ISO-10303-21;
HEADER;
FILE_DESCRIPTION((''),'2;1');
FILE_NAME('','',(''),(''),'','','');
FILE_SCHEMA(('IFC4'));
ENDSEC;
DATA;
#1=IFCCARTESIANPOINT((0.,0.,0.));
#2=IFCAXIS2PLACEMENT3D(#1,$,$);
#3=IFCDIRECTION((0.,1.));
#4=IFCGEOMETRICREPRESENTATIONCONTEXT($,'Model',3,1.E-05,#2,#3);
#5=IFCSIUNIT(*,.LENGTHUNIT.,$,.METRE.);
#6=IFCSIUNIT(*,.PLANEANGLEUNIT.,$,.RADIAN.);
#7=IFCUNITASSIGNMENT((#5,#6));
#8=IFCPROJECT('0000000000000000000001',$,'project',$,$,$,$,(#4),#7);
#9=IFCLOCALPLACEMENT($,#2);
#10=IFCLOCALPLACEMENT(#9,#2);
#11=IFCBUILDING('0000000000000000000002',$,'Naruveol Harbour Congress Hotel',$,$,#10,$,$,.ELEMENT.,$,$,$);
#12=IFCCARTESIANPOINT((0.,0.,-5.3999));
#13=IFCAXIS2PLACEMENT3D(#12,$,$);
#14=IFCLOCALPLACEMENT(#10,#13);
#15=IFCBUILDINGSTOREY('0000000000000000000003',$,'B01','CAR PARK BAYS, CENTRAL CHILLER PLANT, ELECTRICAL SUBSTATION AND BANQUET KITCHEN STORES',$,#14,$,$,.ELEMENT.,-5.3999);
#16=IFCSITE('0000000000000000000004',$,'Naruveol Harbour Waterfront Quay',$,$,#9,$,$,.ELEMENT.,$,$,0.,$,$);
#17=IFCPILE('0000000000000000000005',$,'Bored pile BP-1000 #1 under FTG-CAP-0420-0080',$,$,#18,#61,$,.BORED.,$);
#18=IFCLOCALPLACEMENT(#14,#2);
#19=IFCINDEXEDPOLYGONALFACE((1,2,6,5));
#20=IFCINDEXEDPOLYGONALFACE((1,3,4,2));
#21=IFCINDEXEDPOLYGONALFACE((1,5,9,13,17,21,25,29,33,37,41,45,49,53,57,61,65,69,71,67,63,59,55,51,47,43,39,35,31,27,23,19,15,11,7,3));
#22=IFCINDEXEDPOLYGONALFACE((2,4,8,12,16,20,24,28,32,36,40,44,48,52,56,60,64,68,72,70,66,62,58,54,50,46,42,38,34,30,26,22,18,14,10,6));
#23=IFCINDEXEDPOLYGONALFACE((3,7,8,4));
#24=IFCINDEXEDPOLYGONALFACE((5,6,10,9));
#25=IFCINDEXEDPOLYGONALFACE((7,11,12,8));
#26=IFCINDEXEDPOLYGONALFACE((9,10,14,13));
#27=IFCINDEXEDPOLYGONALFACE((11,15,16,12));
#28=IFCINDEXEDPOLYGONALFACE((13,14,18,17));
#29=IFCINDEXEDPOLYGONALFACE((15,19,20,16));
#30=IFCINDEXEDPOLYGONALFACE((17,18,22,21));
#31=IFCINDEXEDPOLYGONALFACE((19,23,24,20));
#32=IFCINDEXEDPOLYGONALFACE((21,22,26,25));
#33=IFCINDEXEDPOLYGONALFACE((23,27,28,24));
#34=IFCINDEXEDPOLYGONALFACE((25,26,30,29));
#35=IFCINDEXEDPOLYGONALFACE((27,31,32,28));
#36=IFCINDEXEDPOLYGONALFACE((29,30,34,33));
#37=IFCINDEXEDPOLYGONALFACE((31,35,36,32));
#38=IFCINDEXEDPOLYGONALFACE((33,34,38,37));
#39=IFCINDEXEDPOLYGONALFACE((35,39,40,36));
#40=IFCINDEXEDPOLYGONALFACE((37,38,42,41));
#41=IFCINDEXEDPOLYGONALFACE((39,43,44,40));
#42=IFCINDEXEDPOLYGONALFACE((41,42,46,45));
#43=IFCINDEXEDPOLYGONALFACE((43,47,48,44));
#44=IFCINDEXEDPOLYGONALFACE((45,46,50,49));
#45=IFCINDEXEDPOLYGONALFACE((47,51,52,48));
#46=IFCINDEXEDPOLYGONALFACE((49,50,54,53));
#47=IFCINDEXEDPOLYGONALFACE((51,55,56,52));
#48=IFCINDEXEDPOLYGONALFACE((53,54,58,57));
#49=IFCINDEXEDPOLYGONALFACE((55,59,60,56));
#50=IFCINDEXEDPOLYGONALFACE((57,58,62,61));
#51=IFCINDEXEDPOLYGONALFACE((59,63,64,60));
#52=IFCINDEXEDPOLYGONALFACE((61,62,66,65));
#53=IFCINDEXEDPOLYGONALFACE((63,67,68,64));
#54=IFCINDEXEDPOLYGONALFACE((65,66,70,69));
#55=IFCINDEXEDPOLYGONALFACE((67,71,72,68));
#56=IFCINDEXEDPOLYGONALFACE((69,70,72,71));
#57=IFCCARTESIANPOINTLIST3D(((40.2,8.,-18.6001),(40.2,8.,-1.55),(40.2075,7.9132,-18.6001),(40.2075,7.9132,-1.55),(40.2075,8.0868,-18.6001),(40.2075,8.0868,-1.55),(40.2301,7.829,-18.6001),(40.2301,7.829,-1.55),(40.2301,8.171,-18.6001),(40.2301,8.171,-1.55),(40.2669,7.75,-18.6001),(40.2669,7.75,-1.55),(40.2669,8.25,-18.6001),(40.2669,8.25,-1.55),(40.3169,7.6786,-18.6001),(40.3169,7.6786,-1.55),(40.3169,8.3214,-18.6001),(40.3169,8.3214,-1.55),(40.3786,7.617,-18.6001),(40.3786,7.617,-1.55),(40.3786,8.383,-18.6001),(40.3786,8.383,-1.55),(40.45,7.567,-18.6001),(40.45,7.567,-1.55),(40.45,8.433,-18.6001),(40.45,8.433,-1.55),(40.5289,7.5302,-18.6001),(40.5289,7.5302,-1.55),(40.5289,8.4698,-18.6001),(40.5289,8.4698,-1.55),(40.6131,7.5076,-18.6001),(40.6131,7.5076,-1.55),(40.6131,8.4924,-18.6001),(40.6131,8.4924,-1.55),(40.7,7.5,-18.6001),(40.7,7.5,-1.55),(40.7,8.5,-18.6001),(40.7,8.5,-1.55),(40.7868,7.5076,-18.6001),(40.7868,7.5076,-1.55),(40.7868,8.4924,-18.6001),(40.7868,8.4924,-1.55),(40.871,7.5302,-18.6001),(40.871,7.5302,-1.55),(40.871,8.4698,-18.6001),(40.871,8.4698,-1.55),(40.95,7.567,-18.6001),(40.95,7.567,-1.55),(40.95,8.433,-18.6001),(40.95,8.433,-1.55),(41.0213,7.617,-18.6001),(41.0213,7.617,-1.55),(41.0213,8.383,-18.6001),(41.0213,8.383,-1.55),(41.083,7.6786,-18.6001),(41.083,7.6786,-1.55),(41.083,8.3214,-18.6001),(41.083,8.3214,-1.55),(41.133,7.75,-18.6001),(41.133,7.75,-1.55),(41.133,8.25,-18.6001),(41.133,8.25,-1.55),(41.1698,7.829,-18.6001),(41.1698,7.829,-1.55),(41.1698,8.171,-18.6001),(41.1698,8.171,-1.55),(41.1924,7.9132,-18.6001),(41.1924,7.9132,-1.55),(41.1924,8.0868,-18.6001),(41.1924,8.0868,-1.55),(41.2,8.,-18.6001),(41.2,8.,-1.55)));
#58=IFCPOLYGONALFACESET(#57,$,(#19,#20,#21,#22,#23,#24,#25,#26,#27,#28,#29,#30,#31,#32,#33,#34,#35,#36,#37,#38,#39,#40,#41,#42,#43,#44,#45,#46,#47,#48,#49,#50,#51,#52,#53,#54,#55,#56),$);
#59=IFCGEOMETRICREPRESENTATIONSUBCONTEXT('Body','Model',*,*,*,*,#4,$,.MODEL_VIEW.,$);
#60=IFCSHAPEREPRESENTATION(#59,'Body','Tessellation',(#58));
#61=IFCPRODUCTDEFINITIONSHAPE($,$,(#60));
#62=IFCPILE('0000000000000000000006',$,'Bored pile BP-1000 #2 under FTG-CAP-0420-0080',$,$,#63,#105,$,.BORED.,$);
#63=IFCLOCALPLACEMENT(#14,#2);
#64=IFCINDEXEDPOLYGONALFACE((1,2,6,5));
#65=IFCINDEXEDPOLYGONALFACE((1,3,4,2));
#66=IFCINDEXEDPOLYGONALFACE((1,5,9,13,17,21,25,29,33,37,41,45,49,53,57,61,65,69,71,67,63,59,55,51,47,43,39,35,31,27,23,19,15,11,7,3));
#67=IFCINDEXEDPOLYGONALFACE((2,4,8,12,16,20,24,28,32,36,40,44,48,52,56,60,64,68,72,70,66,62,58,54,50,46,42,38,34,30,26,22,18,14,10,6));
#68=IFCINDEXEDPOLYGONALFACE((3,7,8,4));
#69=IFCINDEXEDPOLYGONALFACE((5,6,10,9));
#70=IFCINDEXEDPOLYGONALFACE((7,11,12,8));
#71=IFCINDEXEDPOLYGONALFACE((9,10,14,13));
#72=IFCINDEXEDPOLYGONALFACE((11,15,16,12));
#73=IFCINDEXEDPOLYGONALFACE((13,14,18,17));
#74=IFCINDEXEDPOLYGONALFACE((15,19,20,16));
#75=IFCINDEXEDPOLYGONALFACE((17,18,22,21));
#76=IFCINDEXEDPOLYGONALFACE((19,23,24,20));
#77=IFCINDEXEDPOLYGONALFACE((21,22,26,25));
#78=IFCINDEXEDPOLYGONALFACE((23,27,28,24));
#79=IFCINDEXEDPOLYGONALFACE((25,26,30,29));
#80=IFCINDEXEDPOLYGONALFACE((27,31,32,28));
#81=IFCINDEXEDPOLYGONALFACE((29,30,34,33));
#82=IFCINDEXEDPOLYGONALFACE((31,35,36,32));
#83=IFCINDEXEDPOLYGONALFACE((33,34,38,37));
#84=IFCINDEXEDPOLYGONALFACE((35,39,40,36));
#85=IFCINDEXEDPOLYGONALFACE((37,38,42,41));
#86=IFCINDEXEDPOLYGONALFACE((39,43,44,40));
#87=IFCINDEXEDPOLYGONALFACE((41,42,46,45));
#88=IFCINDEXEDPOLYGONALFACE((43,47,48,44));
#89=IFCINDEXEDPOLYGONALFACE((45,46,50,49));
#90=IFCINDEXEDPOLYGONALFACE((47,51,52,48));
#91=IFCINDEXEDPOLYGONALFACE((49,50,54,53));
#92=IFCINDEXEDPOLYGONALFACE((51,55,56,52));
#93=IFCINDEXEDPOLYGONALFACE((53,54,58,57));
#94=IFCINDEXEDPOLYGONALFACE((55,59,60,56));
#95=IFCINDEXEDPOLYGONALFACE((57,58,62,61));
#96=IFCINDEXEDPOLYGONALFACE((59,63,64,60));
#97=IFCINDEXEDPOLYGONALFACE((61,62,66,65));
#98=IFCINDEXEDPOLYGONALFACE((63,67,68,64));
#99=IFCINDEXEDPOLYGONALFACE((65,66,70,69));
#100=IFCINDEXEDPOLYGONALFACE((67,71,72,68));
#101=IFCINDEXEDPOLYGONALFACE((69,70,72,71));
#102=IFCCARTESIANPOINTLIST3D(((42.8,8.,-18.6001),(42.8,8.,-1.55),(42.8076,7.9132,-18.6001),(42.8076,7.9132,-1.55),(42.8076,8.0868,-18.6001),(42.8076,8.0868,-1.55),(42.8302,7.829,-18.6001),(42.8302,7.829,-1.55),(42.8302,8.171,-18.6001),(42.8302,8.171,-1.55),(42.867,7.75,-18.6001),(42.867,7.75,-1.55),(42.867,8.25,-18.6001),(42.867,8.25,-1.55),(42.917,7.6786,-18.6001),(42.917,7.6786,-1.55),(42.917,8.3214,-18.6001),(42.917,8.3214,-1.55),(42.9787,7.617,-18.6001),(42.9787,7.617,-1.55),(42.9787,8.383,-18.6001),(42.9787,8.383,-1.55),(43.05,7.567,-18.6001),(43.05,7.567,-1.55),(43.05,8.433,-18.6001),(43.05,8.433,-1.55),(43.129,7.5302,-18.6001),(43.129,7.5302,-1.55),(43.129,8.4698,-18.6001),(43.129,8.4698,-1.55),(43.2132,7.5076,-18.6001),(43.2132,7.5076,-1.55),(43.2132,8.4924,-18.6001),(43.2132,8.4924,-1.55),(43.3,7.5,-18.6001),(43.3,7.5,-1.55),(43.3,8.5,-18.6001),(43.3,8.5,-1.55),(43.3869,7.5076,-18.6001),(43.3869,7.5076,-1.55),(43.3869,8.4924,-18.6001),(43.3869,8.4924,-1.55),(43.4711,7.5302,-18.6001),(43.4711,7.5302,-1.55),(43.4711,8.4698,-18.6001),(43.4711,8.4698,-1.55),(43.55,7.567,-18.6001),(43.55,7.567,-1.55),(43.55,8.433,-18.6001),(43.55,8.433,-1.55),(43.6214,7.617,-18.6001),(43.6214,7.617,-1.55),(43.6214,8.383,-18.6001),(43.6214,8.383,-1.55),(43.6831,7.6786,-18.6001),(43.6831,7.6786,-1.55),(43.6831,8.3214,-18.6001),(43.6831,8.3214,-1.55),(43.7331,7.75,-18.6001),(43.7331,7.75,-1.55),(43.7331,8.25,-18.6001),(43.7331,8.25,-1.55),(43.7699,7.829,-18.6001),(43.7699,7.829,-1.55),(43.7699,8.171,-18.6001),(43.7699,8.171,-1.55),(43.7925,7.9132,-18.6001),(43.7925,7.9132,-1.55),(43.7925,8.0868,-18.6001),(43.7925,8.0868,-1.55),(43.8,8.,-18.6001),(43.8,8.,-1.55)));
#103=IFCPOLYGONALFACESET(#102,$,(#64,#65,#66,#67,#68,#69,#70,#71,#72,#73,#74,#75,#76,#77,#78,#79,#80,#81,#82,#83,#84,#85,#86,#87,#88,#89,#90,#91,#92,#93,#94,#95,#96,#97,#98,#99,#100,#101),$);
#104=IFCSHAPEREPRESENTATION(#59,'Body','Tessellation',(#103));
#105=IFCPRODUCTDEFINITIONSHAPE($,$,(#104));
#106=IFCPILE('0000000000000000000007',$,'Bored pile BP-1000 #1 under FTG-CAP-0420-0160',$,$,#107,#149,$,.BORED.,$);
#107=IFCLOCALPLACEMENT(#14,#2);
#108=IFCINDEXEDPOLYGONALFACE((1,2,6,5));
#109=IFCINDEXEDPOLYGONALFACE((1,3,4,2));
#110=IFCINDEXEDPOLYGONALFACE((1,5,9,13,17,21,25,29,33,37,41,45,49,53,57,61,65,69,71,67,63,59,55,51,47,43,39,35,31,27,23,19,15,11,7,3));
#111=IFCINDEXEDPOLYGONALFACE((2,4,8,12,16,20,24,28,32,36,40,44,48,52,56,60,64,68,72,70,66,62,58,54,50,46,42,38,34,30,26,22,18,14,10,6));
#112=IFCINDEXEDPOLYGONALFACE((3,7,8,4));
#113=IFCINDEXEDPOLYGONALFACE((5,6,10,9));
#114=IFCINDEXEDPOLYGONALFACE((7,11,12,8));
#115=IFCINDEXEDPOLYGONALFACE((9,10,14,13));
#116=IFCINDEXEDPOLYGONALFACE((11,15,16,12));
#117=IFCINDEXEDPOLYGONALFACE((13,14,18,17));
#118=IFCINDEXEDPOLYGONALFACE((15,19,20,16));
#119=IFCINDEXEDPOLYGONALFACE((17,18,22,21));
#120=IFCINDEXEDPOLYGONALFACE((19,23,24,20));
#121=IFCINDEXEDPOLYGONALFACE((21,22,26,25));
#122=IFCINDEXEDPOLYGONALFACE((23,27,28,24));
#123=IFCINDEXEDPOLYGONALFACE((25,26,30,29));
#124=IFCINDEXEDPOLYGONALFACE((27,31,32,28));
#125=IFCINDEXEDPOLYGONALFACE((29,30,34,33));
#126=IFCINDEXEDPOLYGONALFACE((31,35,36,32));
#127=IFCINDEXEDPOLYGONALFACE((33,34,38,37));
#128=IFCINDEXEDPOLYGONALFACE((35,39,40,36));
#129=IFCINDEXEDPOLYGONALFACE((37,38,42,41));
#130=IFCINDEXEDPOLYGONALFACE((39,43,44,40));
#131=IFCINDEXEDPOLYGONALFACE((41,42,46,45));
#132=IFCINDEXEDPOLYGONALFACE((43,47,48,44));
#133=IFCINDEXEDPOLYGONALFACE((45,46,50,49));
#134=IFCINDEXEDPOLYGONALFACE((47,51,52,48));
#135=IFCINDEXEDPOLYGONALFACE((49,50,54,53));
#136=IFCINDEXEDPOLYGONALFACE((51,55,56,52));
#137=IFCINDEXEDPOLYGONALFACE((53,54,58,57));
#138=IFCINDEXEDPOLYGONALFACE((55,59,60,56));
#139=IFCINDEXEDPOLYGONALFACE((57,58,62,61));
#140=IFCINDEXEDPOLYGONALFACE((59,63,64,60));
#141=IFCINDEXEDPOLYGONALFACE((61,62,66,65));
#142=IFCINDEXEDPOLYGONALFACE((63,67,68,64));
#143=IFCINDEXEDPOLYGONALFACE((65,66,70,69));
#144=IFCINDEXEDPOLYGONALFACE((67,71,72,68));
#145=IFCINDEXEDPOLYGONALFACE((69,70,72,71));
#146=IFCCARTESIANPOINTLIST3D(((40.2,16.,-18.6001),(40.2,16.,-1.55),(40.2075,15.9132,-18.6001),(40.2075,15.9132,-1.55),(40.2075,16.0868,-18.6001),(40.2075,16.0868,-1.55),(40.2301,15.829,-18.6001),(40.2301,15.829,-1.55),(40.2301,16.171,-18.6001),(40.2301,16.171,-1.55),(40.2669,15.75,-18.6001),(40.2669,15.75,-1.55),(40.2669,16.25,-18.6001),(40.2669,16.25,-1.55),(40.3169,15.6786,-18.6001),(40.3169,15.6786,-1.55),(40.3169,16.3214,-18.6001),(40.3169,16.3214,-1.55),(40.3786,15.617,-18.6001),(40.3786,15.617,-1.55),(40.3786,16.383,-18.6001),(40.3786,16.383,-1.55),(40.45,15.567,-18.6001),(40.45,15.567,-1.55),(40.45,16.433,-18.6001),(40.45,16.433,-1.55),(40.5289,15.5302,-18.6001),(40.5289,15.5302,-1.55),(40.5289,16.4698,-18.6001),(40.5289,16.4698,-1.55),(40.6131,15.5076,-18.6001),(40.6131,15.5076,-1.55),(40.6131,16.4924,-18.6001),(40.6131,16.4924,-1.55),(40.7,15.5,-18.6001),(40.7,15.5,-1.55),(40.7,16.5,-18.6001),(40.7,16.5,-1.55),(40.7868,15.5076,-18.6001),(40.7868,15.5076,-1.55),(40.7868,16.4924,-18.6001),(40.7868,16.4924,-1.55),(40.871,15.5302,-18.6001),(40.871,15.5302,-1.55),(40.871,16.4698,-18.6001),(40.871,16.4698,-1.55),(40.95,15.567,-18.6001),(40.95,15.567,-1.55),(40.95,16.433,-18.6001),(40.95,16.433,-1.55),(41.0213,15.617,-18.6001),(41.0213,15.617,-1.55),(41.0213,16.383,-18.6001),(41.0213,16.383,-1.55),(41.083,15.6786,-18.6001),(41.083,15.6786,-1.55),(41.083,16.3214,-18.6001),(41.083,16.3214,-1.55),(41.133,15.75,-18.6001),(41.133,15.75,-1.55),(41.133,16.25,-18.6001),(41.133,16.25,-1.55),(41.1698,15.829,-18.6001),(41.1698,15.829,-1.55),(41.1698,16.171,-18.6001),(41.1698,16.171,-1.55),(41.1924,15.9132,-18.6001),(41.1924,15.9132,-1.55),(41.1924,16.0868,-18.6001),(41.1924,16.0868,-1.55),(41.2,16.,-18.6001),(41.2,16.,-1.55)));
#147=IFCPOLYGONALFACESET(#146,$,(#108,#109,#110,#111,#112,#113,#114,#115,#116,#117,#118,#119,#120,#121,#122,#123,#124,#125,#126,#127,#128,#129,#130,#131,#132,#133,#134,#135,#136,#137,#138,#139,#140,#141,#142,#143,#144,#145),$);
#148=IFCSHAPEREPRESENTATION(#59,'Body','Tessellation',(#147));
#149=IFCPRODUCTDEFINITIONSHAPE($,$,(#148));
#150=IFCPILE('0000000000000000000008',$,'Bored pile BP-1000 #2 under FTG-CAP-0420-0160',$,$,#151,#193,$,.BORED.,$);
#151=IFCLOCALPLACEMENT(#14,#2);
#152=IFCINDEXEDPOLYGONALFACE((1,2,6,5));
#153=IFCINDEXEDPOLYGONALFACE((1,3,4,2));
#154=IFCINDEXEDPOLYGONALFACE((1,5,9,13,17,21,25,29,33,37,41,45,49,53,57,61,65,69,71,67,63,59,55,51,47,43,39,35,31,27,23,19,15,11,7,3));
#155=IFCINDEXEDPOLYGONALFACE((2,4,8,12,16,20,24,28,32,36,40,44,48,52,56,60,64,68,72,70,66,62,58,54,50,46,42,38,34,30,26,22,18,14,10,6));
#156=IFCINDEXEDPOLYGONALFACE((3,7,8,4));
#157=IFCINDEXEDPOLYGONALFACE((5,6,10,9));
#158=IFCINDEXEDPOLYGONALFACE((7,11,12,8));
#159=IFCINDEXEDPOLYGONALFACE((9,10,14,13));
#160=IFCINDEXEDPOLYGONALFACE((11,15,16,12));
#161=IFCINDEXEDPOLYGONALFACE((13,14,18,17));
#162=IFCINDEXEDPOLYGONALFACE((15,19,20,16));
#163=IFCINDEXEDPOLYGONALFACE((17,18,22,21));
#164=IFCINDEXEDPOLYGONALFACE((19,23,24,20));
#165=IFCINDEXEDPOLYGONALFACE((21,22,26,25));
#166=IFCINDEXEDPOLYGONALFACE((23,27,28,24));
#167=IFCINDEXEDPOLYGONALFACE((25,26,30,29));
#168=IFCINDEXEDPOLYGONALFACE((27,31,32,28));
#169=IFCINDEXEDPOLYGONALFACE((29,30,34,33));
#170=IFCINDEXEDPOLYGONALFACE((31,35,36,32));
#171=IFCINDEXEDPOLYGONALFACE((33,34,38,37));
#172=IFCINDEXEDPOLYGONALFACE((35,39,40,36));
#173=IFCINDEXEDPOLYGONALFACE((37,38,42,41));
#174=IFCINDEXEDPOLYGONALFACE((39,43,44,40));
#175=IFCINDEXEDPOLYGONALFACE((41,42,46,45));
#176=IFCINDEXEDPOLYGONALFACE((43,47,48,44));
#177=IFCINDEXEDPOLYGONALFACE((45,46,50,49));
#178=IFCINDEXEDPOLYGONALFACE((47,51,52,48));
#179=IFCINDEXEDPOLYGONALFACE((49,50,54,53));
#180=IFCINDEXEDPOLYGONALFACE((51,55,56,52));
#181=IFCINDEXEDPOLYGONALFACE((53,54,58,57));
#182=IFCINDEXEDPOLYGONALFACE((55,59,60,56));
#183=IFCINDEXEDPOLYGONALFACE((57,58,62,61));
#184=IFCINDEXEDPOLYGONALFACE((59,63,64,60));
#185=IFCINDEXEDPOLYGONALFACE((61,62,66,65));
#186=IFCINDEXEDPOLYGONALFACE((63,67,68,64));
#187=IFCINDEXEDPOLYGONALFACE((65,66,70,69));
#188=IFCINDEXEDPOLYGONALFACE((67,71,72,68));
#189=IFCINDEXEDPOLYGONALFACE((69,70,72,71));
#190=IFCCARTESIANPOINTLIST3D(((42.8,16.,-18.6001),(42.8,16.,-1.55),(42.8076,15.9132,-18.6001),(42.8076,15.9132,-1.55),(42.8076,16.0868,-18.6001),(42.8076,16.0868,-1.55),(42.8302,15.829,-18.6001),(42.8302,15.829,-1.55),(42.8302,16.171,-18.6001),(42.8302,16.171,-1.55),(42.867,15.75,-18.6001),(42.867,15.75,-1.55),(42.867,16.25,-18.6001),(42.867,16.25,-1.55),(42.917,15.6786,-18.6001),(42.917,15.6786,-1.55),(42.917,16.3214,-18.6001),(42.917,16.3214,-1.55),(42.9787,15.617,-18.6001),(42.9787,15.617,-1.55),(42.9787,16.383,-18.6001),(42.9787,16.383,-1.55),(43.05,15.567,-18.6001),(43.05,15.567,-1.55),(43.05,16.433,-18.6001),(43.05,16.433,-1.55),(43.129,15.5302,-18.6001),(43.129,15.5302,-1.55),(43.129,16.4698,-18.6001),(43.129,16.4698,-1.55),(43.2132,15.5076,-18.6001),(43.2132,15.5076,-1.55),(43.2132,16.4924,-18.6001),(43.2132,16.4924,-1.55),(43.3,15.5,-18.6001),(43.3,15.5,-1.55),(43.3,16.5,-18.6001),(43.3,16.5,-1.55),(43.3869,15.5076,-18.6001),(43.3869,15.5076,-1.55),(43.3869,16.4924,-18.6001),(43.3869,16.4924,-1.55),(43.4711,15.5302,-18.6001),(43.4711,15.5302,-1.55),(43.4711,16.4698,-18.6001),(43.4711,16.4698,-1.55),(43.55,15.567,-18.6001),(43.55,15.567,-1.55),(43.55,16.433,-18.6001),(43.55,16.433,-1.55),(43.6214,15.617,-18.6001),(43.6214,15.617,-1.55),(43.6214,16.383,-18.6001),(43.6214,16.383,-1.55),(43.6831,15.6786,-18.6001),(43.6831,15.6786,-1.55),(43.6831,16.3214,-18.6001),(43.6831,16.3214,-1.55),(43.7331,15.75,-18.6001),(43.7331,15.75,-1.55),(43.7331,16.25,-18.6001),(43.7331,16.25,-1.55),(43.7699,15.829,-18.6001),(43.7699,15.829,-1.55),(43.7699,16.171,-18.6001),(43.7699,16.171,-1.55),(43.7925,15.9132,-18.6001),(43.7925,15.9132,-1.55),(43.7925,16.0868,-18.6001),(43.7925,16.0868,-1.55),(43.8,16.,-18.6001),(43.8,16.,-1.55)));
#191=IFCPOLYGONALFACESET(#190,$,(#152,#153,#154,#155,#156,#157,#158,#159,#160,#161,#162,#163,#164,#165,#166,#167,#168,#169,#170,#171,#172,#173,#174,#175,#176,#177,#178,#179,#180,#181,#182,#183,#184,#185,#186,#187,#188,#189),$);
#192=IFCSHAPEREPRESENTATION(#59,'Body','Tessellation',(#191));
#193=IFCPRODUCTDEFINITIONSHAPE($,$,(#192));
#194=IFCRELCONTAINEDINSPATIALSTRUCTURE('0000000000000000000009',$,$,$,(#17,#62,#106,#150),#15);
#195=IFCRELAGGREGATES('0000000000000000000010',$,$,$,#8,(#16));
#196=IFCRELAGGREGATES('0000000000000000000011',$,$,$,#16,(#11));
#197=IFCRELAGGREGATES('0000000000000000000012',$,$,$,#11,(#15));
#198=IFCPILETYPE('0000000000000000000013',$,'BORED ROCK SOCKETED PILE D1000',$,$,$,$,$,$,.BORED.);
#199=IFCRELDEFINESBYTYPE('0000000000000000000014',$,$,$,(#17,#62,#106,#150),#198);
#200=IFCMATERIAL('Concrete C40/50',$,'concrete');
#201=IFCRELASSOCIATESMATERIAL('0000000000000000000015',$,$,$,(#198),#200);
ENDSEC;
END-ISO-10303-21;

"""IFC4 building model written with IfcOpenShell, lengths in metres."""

from ifc_helpers import new_model, si_unit, direction, frame, origin, origin_2d, place, context, subcontext, project, spatial, circle, extrude, material, material_profile, profile_set, type_object, element, save


model = new_model("IFC4")

# Units and contexts
model_context = context("Model", 3, precision=1e-05, world=origin(), true_north=direction((0.0, 1.0)))
body_context = subcontext(model_context, "Body", "Model", "MODEL_VIEW")
ifc_project = project(units=[si_unit("LENGTHUNIT", "METRE"), si_unit("PLANEANGLEUNIT", "RADIAN")], contexts=[model_context])

# Site, building, storey
site_placement = place(None, origin())
site = spatial("IfcSite", under=ifc_project, at=site_placement, Name="Naruveol Harbour Waterfront Quay", CompositionType="ELEMENT", RefElevation=0.0)
building_placement = place(site_placement, origin())
building = spatial("IfcBuilding", under=site, at=building_placement, Name="Naruveol Harbour Congress Hotel", CompositionType="ELEMENT")
storey_placement = place(building_placement, frame((0.0, 0.0, -5.3999)))
storey = spatial("IfcBuildingStorey", under=building, at=storey_placement, Name="B01", Description="CAR PARK BAYS, CENTRAL CHILLER PLANT, ELECTRICAL SUBSTATION AND BANQUET KITCHEN STORES", CompositionType="ELEMENT", Elevation=-5.3999)

# Piles
ifc_material_1 = material(Name="Concrete C40/50", Category="concrete")
ifc_material_profile_1 = material_profile(ifc_material_1, circle(Radius=0.5, at=origin_2d()), Name="BP-1000")
ifc_profile_set_1 = profile_set([ifc_material_profile_1], Name="Concrete C40/50")
pile_type_1 = type_object("IfcPileType", Name="BORED ROCK SOCKETED PILE D1000", PredefinedType="BORED", material=ifc_profile_set_1)
for number, where, z_axis, x_axis, name in (
    (1, (40.7, 8.0, -1.55), (0.0, 0.0, -1.0), (1.0, 0.0, 0.0), "Bored pile BP-1000 #1 under FTG-CAP-0420-0080"),
    (2, (43.3, 8.0, -1.55), (0.0, 0.0, -1.0), (1.0, 0.0, 0.0), "Bored pile BP-1000 #2 under FTG-CAP-0420-0080"),
    (3, (40.7, 16.0, -1.55), (0.0, 0.0, -1.0), (1.0, 0.0, 0.0), "Bored pile BP-1000 #1 under FTG-CAP-0420-0160"),
    (4, (43.3, 16.0, -1.55), (0.0, 0.0, -1.0), (1.0, 0.0, 0.0), "Bored pile BP-1000 #2 under FTG-CAP-0420-0160"),
):
    element("IfcPile", number, at=place(storey_placement, frame(where, z_axis=z_axis, x_axis=x_axis)), inside=storey, type_object=pile_type_1, Name=name, PredefinedType="BORED", context=body_context, shape_type="SweptSolid", body=[
        extrude(circle(Radius=0.5, at=origin_2d()), origin(), (0.0, 0.0, 1.0), 17.05),
    ])

save(model, "model.ifc")
